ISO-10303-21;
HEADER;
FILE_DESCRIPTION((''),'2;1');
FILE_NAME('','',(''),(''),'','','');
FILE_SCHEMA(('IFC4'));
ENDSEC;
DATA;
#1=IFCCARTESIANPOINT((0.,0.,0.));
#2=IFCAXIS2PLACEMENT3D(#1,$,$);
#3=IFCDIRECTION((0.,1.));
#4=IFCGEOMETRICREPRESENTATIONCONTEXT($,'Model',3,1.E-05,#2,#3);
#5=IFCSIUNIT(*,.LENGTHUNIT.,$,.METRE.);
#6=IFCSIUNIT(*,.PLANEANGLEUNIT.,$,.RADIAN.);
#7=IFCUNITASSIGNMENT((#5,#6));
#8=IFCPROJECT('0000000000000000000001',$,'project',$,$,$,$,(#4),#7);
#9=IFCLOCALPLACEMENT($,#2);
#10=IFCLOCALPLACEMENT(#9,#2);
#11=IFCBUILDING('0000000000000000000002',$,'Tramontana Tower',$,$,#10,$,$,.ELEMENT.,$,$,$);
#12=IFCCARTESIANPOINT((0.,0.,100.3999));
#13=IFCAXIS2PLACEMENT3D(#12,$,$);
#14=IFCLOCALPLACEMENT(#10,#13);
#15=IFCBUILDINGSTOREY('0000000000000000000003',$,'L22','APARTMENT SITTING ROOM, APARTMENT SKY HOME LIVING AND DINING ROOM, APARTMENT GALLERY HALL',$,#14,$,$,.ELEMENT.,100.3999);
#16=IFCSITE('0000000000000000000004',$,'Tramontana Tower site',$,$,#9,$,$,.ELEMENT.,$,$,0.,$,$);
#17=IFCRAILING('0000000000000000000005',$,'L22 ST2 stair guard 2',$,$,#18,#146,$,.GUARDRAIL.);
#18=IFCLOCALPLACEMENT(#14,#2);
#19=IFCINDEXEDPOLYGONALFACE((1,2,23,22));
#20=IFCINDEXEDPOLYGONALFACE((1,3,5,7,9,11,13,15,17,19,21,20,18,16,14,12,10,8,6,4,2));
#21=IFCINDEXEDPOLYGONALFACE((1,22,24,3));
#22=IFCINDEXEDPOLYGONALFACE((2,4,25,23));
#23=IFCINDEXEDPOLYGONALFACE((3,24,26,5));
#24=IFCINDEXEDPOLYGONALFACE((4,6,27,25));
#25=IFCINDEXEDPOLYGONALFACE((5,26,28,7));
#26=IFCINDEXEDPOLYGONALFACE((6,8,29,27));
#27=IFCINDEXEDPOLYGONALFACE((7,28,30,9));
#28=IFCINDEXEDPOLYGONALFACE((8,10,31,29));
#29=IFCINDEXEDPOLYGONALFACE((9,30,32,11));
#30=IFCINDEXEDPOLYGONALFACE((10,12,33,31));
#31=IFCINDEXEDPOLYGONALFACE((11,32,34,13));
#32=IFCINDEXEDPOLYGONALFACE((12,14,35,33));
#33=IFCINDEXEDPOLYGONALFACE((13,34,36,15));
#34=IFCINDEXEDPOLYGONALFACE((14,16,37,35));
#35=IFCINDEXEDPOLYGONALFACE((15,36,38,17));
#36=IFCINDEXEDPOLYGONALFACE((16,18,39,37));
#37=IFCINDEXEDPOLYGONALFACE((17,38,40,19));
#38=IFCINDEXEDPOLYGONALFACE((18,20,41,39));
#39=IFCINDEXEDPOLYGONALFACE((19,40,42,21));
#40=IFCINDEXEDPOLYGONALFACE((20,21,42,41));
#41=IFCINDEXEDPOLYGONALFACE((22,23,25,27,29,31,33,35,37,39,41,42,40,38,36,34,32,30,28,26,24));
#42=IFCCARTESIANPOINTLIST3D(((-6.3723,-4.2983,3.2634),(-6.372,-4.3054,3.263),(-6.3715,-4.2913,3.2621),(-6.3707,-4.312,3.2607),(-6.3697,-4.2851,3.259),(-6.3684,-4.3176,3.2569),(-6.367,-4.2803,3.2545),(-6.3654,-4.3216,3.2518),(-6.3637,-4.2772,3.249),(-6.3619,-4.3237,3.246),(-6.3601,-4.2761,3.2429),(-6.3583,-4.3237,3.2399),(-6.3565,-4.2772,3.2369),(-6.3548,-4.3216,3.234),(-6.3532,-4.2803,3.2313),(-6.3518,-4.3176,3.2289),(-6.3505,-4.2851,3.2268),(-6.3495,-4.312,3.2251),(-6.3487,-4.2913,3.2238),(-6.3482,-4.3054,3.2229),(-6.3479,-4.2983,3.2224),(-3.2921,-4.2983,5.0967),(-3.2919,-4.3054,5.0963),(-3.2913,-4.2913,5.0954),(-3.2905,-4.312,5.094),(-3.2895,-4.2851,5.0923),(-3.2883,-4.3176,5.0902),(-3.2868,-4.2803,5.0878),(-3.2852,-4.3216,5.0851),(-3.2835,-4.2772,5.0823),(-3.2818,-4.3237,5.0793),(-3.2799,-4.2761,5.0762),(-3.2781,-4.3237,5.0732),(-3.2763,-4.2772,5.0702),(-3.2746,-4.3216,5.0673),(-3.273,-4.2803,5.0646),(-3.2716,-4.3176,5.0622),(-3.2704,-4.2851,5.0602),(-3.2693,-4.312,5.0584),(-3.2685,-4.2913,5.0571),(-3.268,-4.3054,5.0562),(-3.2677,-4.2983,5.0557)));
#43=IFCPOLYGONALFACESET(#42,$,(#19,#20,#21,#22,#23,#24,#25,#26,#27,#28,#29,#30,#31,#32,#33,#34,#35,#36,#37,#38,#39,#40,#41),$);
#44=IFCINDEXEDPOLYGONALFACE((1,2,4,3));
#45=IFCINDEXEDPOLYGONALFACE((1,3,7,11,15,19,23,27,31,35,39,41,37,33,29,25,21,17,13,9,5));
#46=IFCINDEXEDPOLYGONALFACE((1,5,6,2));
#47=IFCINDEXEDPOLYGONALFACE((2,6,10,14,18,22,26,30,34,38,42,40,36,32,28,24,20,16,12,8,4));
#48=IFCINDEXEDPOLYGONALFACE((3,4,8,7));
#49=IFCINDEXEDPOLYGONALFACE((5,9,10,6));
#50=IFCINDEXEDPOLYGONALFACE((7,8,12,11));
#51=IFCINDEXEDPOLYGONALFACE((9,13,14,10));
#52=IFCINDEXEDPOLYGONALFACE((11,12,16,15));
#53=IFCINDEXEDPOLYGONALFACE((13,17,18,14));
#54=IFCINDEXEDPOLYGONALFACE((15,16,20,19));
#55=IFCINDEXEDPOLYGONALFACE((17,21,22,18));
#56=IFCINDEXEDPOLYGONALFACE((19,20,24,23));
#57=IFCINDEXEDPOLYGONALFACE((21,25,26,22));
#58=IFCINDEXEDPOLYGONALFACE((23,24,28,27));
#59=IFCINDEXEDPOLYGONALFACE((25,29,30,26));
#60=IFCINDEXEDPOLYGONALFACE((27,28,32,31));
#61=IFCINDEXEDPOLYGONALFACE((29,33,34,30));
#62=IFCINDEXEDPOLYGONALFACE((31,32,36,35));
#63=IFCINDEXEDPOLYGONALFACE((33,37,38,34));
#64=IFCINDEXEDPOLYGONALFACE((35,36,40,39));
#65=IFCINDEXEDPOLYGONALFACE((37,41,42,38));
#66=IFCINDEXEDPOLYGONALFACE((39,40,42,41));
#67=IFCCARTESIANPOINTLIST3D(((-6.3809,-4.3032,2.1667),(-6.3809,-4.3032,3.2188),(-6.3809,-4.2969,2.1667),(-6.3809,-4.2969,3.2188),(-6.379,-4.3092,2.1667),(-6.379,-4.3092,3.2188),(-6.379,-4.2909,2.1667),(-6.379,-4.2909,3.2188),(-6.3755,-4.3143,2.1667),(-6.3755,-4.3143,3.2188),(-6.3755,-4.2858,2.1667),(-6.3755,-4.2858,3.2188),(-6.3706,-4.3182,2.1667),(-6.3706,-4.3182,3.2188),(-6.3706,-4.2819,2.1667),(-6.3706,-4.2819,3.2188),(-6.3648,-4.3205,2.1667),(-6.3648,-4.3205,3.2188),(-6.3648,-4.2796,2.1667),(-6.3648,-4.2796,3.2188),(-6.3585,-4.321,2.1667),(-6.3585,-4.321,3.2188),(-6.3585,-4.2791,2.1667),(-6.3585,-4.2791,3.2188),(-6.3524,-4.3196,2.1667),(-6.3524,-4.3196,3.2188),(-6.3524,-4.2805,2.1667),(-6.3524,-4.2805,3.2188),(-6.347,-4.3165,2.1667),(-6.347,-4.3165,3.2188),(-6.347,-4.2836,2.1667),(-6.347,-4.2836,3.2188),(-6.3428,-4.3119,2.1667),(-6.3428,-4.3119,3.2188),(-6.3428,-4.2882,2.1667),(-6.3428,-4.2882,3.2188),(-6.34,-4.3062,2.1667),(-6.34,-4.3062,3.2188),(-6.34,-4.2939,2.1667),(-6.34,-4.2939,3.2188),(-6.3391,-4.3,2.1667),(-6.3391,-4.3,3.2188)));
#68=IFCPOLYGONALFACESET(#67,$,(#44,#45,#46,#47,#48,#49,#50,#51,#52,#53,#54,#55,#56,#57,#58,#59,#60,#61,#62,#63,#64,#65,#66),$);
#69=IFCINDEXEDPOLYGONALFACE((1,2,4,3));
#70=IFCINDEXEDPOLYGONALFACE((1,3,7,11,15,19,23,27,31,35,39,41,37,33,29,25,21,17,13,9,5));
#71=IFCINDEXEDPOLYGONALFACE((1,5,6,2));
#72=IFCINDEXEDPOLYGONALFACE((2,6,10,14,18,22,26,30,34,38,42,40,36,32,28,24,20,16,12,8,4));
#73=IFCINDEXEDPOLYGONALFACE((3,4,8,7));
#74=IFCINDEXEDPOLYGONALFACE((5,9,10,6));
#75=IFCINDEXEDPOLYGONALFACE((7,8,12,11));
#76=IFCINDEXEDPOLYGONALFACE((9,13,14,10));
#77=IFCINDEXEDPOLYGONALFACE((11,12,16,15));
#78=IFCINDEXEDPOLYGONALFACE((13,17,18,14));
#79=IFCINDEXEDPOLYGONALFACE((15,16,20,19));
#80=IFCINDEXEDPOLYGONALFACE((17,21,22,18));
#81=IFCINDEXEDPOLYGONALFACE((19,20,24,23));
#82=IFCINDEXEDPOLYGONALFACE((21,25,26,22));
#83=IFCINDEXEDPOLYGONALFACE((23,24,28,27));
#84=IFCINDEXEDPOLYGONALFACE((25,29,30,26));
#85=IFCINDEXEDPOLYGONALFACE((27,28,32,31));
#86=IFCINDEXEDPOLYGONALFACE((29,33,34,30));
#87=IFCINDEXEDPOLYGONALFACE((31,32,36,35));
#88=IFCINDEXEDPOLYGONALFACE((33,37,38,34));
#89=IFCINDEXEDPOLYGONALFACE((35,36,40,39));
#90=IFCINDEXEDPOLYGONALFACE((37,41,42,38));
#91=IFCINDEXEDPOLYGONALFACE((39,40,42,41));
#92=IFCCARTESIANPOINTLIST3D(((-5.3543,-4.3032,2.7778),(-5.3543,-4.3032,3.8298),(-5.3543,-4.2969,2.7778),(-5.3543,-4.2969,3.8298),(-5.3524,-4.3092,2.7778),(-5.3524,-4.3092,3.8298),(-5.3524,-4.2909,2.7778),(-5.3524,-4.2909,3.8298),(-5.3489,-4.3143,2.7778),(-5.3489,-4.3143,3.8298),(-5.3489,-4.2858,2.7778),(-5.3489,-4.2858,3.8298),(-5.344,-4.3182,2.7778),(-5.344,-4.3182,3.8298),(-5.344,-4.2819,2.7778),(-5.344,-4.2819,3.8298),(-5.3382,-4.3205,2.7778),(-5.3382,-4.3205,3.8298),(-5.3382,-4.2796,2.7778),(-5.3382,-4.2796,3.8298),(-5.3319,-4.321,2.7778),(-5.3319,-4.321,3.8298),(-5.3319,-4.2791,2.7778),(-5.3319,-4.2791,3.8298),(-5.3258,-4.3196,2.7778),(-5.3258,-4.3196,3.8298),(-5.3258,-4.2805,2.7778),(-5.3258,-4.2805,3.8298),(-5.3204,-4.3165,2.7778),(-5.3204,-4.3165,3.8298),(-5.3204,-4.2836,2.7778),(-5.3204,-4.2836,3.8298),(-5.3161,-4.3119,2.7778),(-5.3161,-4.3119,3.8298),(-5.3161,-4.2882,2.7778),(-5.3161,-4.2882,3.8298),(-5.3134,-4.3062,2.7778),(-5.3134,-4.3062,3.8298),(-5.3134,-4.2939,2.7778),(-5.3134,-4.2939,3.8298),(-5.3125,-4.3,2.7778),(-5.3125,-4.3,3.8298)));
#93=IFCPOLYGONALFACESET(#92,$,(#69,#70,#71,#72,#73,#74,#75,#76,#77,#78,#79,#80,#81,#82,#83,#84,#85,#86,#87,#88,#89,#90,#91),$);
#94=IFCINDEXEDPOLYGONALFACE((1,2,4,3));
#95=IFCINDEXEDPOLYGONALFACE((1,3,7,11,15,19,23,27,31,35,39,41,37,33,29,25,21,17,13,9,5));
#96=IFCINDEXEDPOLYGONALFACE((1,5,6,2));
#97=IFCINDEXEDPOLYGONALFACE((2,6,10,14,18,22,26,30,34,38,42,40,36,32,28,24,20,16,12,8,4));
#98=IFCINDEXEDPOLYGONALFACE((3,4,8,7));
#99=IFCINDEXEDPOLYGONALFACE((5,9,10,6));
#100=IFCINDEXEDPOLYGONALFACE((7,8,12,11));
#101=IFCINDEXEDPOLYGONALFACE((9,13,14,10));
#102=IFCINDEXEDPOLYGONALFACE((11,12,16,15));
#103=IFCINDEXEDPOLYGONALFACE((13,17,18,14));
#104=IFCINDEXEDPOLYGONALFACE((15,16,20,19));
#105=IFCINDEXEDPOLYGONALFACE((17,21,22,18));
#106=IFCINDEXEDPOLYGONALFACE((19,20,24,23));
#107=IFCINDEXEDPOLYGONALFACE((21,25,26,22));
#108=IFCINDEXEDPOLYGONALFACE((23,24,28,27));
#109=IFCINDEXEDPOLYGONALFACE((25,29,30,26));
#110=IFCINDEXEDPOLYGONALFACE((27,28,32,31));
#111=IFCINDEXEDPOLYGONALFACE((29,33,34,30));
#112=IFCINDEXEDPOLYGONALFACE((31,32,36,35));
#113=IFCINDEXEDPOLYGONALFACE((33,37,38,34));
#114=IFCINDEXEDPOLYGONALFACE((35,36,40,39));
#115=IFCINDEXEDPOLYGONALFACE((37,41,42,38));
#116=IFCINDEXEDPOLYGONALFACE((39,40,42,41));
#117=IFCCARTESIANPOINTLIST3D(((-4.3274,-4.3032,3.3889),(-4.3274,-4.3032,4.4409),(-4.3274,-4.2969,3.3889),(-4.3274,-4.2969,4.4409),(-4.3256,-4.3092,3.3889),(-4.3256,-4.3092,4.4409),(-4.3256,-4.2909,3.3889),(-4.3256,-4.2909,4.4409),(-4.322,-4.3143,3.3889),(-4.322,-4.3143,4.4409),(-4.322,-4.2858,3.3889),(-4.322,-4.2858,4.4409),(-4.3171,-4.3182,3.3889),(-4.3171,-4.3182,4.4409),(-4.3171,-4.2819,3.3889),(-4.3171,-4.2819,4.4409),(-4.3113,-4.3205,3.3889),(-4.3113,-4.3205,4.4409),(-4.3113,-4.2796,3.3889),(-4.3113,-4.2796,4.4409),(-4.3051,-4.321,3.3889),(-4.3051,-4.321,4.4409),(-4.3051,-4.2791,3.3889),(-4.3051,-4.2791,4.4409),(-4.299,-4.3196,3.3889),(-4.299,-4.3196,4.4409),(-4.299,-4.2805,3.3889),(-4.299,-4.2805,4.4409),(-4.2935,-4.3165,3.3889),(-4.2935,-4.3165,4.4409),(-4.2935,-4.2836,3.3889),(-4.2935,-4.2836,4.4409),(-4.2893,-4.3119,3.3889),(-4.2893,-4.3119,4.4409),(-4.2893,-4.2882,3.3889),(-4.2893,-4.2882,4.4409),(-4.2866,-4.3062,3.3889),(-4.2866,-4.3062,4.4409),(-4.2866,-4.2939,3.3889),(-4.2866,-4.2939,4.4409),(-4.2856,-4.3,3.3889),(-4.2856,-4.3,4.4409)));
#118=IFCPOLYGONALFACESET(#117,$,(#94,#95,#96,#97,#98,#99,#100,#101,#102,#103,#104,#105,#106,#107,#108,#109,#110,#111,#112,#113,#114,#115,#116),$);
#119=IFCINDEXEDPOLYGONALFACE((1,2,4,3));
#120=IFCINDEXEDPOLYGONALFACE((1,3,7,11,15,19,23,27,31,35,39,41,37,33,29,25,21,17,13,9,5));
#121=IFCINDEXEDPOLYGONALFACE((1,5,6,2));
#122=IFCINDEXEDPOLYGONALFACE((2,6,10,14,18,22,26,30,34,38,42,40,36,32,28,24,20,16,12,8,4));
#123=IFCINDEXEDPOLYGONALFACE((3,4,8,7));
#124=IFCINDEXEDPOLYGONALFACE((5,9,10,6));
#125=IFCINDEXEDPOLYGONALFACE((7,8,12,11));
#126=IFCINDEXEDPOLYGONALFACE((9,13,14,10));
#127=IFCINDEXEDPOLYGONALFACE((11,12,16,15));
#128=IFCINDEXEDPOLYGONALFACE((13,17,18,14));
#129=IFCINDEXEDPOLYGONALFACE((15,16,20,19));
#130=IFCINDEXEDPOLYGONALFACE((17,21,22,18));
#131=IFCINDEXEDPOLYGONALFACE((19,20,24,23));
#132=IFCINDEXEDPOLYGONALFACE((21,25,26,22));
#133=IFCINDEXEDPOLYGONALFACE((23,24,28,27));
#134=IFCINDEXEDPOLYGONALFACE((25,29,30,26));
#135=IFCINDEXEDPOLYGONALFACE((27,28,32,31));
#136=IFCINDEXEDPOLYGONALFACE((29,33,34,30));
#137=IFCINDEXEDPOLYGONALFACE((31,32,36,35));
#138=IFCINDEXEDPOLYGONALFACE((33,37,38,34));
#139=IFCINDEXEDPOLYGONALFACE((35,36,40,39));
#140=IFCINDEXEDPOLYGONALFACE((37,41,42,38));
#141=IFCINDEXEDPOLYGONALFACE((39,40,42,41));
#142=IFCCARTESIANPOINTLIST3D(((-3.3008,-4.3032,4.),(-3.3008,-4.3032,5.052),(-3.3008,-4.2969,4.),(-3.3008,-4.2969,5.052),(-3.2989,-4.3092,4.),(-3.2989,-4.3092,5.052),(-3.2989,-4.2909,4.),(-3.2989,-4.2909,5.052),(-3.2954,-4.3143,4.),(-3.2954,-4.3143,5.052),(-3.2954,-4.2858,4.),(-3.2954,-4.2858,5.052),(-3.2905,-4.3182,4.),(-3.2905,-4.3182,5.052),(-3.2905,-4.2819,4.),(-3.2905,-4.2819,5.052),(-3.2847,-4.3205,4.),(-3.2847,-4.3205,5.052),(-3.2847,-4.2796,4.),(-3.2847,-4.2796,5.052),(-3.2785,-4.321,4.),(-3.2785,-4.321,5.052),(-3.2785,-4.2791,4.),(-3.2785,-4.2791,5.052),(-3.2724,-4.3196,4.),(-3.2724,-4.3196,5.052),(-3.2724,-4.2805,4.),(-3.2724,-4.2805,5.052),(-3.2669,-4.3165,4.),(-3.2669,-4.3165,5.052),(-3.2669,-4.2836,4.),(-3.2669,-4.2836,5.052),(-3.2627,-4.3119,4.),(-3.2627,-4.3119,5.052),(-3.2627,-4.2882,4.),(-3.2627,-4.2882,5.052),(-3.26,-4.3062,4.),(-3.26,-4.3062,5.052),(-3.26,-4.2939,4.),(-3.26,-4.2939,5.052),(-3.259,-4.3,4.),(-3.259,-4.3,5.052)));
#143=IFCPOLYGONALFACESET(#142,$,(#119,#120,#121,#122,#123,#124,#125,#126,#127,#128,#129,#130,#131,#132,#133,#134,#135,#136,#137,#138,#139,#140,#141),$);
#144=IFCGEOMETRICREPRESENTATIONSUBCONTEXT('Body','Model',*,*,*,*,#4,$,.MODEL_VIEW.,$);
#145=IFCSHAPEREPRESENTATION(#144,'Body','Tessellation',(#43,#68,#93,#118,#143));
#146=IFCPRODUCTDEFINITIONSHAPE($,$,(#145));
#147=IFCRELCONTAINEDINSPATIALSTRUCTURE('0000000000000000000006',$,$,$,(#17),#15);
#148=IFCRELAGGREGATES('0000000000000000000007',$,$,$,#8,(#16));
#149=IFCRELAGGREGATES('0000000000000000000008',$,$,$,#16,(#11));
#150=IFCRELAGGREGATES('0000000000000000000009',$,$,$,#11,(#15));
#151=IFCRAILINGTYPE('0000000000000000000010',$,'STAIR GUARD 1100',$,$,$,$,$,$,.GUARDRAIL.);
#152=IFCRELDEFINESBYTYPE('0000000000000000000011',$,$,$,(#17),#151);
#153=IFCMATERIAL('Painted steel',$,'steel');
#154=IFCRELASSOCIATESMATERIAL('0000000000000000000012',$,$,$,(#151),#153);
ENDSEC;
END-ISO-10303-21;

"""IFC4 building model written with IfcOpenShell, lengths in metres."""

from ifc_helpers import new_model, si_unit, direction, frame, origin, origin_2d, place, context, subcontext, project, spatial, circle, extrude, material, type_object, element, save


model = new_model("IFC4")

# Units and contexts
model_context = context("Model", 3, precision=1e-05, world=origin(), true_north=direction((0.0, 1.0)))
body_context = subcontext(model_context, "Body", "Model", "MODEL_VIEW")
ifc_project = project(units=[si_unit("LENGTHUNIT", "METRE"), si_unit("PLANEANGLEUNIT", "RADIAN")], contexts=[model_context])

# Site, building, storey
site_placement = place(None, origin())
site = spatial("IfcSite", under=ifc_project, at=site_placement, Name="Tramontana Tower site", CompositionType="ELEMENT", RefElevation=0.0)
building_placement = place(site_placement, origin())
building = spatial("IfcBuilding", under=site, at=building_placement, Name="Tramontana Tower", CompositionType="ELEMENT")
storey_placement = place(building_placement, frame((0.0, 0.0, 100.3999)))
storey = spatial("IfcBuildingStorey", under=building, at=storey_placement, Name="L22", Description="APARTMENT SITTING ROOM, APARTMENT SKY HOME LIVING AND DINING ROOM, APARTMENT GALLERY HALL", CompositionType="ELEMENT", Elevation=100.3999)

# Railing
ifc_material_1 = material(Name="Painted steel", Category="steel")
railing_type_1 = type_object("IfcRailingType", Name="STAIR GUARD 1100", PredefinedType="GUARDRAIL", material=ifc_material_1)
railing_1_placement = place(storey_placement, frame((-6.3601, -4.3, 2.1667)))
element("IfcRailing", 1, at=railing_1_placement, inside=storey, type_object=railing_type_1, Name="L22 ST2 stair guard 2", PredefinedType="GUARDRAIL", context=body_context, shape_type="SweptSolid", body=[
    extrude(circle(Radius=0.0239, at=origin_2d()), frame((0.0, 0.0, 1.0762), z_axis=(0.859309, 0.0, 0.511458), x_axis=(0.0, 1.0, 0.0)), (0.0, 0.0, 1.0), 3.5845),
    extrude(circle(Radius=0.021, at=origin_2d()), origin(), (0.0, 0.0, 1.0), 1.052),
    extrude(circle(Radius=0.021, at=origin_2d()), frame((1.0266, 0.0, 0.6111)), (0.0, 0.0, 1.0), 1.052),
    extrude(circle(Radius=0.021, at=origin_2d()), frame((2.0535, 0.0, 1.2222)), (0.0, 0.0, 1.0), 1.052),
    extrude(circle(Radius=0.021, at=origin_2d()), frame((3.0801, 0.0, 1.8333)), (0.0, 0.0, 1.0), 1.052),
])

save(model, "model.ifc")
